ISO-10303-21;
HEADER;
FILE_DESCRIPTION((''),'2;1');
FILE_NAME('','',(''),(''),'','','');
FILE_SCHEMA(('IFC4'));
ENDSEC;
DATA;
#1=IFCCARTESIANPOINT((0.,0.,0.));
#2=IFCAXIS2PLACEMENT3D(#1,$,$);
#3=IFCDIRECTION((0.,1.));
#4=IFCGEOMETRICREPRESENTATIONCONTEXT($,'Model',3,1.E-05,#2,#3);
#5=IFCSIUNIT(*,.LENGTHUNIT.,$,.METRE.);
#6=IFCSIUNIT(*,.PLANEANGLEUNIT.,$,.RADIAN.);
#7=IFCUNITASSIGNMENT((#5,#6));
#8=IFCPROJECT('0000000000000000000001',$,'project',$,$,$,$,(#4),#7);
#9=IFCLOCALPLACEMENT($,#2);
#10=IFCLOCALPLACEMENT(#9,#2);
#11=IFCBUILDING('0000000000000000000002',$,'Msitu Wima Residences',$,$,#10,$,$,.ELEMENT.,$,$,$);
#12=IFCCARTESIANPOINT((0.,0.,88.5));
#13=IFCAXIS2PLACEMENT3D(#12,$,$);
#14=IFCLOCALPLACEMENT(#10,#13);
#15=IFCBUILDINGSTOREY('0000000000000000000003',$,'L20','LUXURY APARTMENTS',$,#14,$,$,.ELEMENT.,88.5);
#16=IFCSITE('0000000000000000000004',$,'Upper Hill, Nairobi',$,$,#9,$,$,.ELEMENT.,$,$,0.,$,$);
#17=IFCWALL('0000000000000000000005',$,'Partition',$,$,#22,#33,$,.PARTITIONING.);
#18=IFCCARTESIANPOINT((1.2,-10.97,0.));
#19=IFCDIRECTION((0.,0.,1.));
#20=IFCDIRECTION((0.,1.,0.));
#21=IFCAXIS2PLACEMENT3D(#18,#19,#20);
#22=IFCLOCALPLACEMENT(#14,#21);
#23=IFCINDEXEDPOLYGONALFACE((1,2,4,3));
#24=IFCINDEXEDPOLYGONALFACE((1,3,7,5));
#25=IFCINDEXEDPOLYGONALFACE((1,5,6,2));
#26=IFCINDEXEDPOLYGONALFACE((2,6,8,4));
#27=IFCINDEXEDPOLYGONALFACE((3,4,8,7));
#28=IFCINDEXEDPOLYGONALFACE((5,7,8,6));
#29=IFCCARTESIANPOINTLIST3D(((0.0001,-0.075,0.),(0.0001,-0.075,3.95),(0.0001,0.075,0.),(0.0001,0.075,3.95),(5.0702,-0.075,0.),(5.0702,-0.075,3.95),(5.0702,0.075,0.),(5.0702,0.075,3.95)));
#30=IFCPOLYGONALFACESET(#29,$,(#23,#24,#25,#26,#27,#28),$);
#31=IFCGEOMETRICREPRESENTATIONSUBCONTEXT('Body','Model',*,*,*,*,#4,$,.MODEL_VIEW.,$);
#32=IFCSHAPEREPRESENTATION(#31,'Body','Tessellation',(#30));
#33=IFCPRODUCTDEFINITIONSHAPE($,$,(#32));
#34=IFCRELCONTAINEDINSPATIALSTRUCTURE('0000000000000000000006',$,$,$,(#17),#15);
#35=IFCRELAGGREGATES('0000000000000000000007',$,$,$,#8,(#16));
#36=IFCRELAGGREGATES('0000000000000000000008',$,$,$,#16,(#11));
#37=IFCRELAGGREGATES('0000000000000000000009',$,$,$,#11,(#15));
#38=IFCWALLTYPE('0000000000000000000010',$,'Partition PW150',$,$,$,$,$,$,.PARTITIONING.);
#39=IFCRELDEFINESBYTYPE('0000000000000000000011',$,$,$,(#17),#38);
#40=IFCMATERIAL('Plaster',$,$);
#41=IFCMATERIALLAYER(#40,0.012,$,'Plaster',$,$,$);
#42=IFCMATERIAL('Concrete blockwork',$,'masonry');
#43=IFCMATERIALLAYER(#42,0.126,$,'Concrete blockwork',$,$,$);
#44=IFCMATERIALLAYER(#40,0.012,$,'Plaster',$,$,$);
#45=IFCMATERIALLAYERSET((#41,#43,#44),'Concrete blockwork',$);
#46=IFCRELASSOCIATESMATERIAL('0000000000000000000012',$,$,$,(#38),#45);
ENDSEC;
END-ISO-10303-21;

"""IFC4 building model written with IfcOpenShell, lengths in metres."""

from ifc_helpers import new_model, si_unit, direction, frame, frame_2d, origin, place, context, subcontext, project, spatial, rectangle, extrude, material, layer, layer_set, type_object, element, save


model = new_model("IFC4")

# Units and contexts
model_context = context("Model", 3, precision=1e-05, world=origin(), true_north=direction((0.0, 1.0)))
body_context = subcontext(model_context, "Body", "Model", "MODEL_VIEW")
ifc_project = project(units=[si_unit("LENGTHUNIT", "METRE"), si_unit("PLANEANGLEUNIT", "RADIAN")], contexts=[model_context])

# Site, building, storey
site_placement = place(None, origin())
site = spatial("IfcSite", under=ifc_project, at=site_placement, Name="Upper Hill, Nairobi", CompositionType="ELEMENT", RefElevation=0.0)
building_placement = place(site_placement, origin())
building = spatial("IfcBuilding", under=site, at=building_placement, Name="Msitu Wima Residences", CompositionType="ELEMENT")
storey_placement = place(building_placement, frame((0.0, 0.0, 88.5)))
storey = spatial("IfcBuildingStorey", under=building, at=storey_placement, Name="L20", Description="LUXURY APARTMENTS", CompositionType="ELEMENT", Elevation=88.5)

# Wall
ifc_material_1 = material(Name="Plaster")
ifc_layer_1 = layer(ifc_material_1, 0.012, Name="Plaster")
ifc_material_2 = material(Name="Concrete blockwork", Category="masonry")
ifc_layer_2 = layer(ifc_material_2, 0.126, Name="Concrete blockwork")
ifc_layer_3 = layer(ifc_material_1, 0.012, Name="Plaster")
ifc_layer_set_1 = layer_set([ifc_layer_1, ifc_layer_2, ifc_layer_3], Name="Concrete blockwork")
wall_type_1 = type_object("IfcWallType", Name="Partition PW150", PredefinedType="PARTITIONING", material=ifc_layer_set_1)
wall_1_placement = place(storey_placement, frame((1.2, -10.97, 0.0), z_axis=(0.0, 0.0, 1.0), x_axis=(0.0, 1.0, 0.0)))
element("IfcWall", 1, at=wall_1_placement, inside=storey, type_object=wall_type_1, Name="Partition", PredefinedType="PARTITIONING", context=body_context, shape_type="SweptSolid", body=[
    extrude(rectangle(XDim=5.0701, YDim=0.1499, at=frame_2d((2.5352, 0.0))), origin(), (0.0, 0.0, 1.0), 3.95),
])

save(model, "model.ifc")
